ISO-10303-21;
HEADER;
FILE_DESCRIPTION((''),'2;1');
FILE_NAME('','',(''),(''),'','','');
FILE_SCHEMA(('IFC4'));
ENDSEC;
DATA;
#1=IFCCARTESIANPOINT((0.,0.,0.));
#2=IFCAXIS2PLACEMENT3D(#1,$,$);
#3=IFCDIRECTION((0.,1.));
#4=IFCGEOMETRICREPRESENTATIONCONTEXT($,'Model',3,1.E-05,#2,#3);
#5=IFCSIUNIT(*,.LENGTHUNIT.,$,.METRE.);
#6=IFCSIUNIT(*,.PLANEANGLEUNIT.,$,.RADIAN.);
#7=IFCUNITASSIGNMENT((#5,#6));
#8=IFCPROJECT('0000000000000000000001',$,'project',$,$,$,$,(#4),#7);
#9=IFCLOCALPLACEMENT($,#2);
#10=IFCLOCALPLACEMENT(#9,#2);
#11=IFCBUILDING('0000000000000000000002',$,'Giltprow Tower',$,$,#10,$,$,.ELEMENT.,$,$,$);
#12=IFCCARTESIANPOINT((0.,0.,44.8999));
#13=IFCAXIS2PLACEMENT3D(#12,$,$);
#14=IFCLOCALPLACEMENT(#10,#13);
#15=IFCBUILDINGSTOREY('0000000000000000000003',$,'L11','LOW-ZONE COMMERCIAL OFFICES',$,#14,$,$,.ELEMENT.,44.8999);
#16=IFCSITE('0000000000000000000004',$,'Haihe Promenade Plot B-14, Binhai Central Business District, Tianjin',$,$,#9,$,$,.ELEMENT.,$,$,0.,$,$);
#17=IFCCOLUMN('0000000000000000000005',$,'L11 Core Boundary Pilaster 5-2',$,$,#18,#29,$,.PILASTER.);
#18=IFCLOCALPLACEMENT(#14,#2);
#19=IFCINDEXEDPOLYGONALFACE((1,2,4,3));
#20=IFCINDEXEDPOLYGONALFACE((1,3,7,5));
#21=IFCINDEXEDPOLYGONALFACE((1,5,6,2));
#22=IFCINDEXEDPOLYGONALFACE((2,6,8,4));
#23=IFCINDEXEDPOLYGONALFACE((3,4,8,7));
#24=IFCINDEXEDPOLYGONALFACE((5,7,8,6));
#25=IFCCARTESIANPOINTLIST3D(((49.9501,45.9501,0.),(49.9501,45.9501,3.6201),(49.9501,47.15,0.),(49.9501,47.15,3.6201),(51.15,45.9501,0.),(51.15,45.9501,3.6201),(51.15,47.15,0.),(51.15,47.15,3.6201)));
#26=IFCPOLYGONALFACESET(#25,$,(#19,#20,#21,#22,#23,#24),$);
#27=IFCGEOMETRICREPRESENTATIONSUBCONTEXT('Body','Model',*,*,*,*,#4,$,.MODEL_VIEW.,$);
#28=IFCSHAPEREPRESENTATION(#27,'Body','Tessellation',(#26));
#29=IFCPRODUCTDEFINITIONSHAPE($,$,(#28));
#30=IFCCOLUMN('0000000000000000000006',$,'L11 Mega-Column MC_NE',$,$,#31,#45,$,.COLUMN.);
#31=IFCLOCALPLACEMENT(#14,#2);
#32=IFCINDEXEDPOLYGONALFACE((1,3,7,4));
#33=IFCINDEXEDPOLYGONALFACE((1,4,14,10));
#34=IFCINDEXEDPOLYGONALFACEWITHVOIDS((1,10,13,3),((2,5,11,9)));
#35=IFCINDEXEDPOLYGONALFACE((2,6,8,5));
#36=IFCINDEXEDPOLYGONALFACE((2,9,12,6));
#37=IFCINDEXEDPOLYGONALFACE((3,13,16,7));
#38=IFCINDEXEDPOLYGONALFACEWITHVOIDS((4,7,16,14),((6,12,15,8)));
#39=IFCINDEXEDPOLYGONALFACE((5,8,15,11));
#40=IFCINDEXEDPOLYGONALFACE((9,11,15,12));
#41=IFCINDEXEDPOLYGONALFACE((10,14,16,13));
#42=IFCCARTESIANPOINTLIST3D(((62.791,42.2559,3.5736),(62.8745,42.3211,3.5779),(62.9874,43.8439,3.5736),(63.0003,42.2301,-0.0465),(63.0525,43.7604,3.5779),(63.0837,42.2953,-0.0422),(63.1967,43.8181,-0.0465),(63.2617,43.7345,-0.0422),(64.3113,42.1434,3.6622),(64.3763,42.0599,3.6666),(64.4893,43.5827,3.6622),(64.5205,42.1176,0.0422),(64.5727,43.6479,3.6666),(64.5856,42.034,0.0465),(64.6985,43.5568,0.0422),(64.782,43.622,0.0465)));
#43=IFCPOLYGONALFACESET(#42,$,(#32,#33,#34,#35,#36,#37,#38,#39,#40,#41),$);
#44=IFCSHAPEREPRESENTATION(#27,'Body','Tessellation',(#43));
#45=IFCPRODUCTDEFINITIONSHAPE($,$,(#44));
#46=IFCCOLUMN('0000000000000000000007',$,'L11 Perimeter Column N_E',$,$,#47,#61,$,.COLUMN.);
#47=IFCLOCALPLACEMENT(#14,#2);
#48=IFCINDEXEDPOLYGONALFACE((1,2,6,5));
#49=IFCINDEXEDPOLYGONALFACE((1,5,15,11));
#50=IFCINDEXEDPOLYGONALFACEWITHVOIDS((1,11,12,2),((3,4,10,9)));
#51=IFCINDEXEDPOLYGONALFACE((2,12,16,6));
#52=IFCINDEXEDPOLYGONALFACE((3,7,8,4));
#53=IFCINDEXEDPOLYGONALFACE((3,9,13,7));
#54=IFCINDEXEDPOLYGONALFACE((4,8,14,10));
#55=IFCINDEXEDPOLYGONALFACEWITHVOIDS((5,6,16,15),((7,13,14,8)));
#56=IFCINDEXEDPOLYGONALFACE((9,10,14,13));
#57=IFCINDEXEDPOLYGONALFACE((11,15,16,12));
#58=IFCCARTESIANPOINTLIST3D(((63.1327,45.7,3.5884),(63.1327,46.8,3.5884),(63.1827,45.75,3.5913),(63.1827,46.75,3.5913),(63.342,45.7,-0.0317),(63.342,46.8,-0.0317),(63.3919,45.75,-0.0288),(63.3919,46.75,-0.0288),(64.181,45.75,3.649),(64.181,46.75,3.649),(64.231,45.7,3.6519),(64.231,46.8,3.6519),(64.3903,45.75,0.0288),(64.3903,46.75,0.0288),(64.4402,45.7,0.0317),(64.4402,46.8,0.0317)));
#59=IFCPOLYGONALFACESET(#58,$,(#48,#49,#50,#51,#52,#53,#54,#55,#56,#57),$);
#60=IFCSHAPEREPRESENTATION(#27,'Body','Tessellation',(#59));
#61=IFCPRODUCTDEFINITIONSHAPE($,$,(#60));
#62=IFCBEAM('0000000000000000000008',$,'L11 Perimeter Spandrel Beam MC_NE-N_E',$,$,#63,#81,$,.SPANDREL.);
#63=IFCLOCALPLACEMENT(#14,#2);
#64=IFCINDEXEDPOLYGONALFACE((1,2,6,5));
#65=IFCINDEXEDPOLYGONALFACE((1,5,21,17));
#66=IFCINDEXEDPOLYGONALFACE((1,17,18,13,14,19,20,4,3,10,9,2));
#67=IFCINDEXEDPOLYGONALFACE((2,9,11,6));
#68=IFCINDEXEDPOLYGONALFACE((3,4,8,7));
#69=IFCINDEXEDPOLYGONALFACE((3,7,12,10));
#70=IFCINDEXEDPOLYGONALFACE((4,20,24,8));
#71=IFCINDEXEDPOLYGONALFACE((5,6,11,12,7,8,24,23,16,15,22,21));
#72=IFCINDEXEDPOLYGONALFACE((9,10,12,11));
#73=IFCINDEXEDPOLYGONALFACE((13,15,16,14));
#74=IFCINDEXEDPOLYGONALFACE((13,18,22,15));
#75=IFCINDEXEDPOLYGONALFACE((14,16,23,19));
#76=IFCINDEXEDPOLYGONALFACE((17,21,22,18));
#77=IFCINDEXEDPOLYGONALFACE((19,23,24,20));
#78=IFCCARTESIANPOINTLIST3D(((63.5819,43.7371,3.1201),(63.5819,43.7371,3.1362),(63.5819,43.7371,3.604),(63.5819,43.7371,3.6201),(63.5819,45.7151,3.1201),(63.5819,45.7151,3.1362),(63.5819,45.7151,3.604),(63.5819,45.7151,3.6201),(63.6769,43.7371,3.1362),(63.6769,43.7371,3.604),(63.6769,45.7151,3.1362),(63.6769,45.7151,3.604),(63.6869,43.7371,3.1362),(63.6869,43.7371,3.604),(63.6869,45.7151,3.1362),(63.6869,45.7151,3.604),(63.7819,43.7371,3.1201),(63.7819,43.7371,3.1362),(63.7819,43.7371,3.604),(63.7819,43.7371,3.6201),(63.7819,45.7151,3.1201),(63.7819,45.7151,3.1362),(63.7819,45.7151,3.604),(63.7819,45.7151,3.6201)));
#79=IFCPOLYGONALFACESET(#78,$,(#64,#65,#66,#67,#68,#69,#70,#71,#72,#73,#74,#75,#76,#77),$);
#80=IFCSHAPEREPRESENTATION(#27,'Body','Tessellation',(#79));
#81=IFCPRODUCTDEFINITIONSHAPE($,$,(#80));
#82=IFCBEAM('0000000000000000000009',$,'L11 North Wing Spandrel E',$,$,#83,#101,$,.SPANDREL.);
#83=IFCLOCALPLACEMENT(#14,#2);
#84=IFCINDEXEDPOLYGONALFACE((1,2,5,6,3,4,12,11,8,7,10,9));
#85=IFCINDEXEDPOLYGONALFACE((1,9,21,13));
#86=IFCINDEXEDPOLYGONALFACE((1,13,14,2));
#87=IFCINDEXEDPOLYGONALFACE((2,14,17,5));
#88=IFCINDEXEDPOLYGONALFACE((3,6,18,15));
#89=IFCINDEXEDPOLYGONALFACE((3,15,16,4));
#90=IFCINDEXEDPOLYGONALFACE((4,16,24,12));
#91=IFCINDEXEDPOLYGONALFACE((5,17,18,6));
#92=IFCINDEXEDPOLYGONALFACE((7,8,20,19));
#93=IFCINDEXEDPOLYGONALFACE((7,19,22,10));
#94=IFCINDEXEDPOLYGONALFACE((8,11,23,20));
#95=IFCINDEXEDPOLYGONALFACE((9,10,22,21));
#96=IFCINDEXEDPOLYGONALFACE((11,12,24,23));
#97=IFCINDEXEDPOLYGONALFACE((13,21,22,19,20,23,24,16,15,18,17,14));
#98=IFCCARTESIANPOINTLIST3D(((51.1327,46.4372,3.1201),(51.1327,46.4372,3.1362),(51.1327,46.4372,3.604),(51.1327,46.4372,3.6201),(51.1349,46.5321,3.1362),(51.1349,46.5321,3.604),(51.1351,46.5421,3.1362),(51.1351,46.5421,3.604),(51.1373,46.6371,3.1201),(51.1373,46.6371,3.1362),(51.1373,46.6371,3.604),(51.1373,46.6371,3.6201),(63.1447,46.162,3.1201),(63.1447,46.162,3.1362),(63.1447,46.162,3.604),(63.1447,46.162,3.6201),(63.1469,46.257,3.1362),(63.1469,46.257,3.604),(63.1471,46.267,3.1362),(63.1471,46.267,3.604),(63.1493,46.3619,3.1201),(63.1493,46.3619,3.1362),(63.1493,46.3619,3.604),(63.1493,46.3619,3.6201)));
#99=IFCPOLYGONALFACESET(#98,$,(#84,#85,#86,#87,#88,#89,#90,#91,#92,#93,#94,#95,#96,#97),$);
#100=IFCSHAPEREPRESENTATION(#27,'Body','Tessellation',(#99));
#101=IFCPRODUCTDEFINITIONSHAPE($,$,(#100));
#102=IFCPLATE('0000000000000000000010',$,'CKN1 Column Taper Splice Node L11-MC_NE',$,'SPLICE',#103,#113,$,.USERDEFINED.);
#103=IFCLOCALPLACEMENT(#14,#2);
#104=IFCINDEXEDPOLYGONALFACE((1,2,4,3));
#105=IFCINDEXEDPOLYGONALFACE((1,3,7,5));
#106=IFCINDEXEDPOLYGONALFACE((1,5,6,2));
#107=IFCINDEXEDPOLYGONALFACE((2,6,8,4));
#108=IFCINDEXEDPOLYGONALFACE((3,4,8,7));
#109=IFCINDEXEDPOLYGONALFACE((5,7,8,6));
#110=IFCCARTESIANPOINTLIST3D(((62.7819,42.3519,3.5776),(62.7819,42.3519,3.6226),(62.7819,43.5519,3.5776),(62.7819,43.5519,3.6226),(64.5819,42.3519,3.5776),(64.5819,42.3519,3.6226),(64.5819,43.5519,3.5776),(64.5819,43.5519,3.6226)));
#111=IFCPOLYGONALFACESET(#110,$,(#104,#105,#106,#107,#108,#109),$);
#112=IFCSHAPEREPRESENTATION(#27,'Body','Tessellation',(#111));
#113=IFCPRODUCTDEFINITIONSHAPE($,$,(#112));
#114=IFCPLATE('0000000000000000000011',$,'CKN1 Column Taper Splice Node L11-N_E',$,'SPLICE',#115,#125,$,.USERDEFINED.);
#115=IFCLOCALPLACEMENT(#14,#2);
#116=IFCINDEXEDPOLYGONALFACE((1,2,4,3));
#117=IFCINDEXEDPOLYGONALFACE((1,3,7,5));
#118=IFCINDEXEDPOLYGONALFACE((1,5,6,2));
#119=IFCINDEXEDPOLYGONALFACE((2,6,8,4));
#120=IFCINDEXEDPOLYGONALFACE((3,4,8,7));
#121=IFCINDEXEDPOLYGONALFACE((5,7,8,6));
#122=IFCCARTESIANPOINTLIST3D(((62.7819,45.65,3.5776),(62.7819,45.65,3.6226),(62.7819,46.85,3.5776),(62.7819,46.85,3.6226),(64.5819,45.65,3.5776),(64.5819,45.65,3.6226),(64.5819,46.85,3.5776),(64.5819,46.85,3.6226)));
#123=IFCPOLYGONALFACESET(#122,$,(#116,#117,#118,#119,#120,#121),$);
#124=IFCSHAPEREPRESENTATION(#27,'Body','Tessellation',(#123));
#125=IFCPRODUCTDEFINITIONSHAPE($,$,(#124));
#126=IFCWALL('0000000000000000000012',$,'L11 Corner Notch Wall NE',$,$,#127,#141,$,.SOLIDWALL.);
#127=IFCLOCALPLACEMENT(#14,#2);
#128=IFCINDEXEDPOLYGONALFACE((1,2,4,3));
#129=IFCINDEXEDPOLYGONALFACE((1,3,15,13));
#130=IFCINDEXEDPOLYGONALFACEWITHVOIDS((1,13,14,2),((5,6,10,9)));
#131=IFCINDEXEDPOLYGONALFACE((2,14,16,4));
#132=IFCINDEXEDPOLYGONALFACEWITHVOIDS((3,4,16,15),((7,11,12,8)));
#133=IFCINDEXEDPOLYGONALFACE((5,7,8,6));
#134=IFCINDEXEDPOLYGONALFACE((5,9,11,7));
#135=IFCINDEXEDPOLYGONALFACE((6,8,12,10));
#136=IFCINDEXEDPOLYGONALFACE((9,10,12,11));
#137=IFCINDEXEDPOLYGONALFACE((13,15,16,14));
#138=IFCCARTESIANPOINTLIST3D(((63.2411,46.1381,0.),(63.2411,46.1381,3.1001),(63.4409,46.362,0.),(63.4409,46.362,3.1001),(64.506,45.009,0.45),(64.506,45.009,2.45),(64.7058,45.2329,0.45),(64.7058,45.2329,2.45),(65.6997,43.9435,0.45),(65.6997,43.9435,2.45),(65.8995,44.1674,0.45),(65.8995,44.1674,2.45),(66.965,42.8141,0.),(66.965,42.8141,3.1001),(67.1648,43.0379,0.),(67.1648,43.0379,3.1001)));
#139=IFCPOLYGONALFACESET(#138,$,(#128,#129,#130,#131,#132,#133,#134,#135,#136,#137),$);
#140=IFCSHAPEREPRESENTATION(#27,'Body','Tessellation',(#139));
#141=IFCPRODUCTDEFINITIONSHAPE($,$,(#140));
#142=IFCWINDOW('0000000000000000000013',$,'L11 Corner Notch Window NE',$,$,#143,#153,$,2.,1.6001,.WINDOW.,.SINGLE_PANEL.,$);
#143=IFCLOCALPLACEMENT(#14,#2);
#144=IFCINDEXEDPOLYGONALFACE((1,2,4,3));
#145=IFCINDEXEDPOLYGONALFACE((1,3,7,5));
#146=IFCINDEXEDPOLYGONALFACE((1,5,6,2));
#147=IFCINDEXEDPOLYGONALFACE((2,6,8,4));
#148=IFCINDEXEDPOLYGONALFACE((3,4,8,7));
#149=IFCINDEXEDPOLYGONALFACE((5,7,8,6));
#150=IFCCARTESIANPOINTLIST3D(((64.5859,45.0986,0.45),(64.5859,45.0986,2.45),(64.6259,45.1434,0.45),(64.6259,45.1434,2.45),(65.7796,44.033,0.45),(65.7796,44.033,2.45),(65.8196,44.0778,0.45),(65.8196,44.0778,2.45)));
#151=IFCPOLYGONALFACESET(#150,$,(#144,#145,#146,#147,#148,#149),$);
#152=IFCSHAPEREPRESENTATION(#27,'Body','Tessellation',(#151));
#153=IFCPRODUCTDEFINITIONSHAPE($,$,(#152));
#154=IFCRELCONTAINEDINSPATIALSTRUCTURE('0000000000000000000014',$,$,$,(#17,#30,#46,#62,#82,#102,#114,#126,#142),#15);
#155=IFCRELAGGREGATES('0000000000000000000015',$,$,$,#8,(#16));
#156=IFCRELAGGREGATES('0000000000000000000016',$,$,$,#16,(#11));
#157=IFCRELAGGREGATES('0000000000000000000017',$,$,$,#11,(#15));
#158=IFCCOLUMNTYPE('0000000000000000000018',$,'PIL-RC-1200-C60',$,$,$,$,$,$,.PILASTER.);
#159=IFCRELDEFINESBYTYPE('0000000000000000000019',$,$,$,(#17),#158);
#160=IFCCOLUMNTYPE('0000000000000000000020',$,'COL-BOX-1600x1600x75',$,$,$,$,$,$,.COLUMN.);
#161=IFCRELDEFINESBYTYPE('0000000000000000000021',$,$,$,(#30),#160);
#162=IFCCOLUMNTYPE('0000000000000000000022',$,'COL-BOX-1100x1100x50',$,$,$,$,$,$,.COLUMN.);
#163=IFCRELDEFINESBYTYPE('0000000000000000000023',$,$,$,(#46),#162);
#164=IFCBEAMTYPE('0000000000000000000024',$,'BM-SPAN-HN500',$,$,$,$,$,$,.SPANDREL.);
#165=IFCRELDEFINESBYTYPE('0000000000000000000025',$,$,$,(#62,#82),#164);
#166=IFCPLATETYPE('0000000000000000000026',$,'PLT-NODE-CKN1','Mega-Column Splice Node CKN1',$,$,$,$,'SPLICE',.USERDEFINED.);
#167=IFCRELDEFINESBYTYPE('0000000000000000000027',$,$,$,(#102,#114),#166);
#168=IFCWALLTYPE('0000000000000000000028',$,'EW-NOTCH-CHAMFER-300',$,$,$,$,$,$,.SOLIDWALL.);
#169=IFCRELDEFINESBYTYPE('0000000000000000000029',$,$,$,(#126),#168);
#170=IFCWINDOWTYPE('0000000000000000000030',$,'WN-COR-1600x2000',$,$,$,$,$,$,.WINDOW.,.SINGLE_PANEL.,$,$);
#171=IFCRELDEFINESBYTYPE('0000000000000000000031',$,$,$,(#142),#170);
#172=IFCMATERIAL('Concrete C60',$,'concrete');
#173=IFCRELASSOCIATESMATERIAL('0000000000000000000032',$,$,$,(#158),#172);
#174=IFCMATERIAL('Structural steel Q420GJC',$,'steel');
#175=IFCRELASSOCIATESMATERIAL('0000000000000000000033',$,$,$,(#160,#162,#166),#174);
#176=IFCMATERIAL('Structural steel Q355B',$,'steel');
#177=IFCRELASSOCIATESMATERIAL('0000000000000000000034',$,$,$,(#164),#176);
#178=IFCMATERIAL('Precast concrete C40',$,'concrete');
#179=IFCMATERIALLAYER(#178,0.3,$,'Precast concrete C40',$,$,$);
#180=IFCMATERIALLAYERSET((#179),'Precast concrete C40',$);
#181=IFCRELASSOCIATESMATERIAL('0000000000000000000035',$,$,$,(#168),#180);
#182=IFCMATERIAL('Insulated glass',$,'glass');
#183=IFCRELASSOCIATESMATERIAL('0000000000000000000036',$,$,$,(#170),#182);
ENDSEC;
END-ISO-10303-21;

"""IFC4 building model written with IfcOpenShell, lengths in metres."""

from ifc_helpers import new_model, si_unit, direction, frame, frame_2d, origin, origin_2d, place, context, subcontext, project, spatial, rectangle, hollow_rectangle, i_section, extrude, source, transform, mapped, material, layer, layer_set, material_profile, profile_set, type_object, element, fill, save


model = new_model("IFC4")

# Units and contexts
model_context = context("Model", 3, precision=1e-05, world=origin(), true_north=direction((0.0, 1.0)))
body_context = subcontext(model_context, "Body", "Model", "MODEL_VIEW")
ifc_project = project(units=[si_unit("LENGTHUNIT", "METRE"), si_unit("PLANEANGLEUNIT", "RADIAN")], contexts=[model_context])

# Site, building, storey
site_placement = place(None, origin())
site = spatial("IfcSite", under=ifc_project, at=site_placement, Name="Haihe Promenade Plot B-14, Binhai Central Business District, Tianjin", CompositionType="ELEMENT", RefElevation=0.0)
building_placement = place(site_placement, origin())
building = spatial("IfcBuilding", under=site, at=building_placement, Name="Giltprow Tower", CompositionType="ELEMENT")
storey_placement = place(building_placement, frame((0.0, 0.0, 44.8999)))
storey = spatial("IfcBuildingStorey", under=building, at=storey_placement, Name="L11", Description="LOW-ZONE COMMERCIAL OFFICES", CompositionType="ELEMENT", Elevation=44.8999)

# Columns
ifc_material_1 = material(Name="Concrete C60", Category="concrete")
ifc_material_profile_1 = material_profile(ifc_material_1, rectangle(XDim=1.2, YDim=1.2, at=origin_2d()), Name="RC 1200x1200")
ifc_profile_set_1 = profile_set([ifc_material_profile_1], Name="Concrete C60")
column_type_1 = type_object("IfcColumnType", Name="PIL-RC-1200-C60", PredefinedType="PILASTER", material=ifc_profile_set_1)
shared_shape_1 = source(origin(), body_context, "Body", "SweptSolid", [
    extrude(rectangle(XDim=1.2, YDim=1.2, at=origin_2d()), origin(), (0.0, 0.0, 1.0), 3.6201),
])
column_1_placement = place(storey_placement, frame((50.55, 46.55, 0.0), z_axis=(0.0, 0.0, 1.0), x_axis=(1.0, 0.0, 0.0)))
element("IfcColumn", 1, at=column_1_placement, inside=storey, type_object=column_type_1, Name="L11 Core Boundary Pilaster 5-2", PredefinedType="PILASTER", context=body_context, shape_type="MappedRepresentation", body=[
    mapped(shared_shape_1, transform((0.0, 0.0, 0.0), x_axis=(1.0, 0.0, 0.0), y_axis=(0.0, 1.0, 0.0), z_axis=(0.0, 0.0, 1.0), scale=1.0)),
])
ifc_material_2 = material(Name="Structural steel Q420GJC", Category="steel")
ifc_material_profile_2 = material_profile(ifc_material_2, hollow_rectangle(XDim=1.6001, YDim=1.6001, WallThickness=0.075, at=origin_2d()), Name="BOX 1600x1600x75")
ifc_profile_set_2 = profile_set([ifc_material_profile_2], Name="Structural steel Q420GJC")
column_type_2 = type_object("IfcColumnType", Name="COL-BOX-1600x1600x75", PredefinedType="COLUMN", material=ifc_profile_set_2)
shared_shape_2 = source(origin(), body_context, "Body", "SweptSolid", [
    extrude(hollow_rectangle(XDim=1.6001, YDim=1.6001, WallThickness=0.075, at=origin_2d()), origin(), (0.0, 0.0, 1.0), 3.6262),
])
column_2_placement = place(storey_placement, frame((63.8911, 42.926, 0.0), z_axis=(-0.057698, 0.007137, 0.998309), x_axis=(-0.122752, -0.992437, 0.0)))
element("IfcColumn", 2, at=column_2_placement, inside=storey, type_object=column_type_2, Name="L11 Mega-Column MC_NE", PredefinedType="COLUMN", context=body_context, shape_type="MappedRepresentation", body=[
    mapped(shared_shape_2, transform((0.0, 0.0, 0.0), x_axis=(1.0, 0.0, 0.0), y_axis=(0.0, 1.0, 0.0), z_axis=(0.0, 0.0, 1.0), scale=1.0)),
])
ifc_material_profile_3 = material_profile(ifc_material_2, hollow_rectangle(XDim=1.1001, YDim=1.1001, WallThickness=0.05, at=origin_2d()), Name="BOX 1100x1100x50")
ifc_profile_set_3 = profile_set([ifc_material_profile_3], Name="Structural steel Q420GJC")
column_type_3 = type_object("IfcColumnType", Name="COL-BOX-1100x1100x50", PredefinedType="COLUMN", material=ifc_profile_set_3)
shared_shape_3 = source(origin(), body_context, "Body", "SweptSolid", [
    extrude(hollow_rectangle(XDim=1.1001, YDim=1.1001, WallThickness=0.05, at=origin_2d()), origin(), (0.0, 0.0, 1.0), 3.6262),
])
column_3_placement = place(storey_placement, frame((63.8911, 46.25, 0.0), z_axis=(-0.0577, 0.0, 0.998334), x_axis=(0.0, -1.0, 0.0)))
element("IfcColumn", 3, at=column_3_placement, inside=storey, type_object=column_type_3, Name="L11 Perimeter Column N_E", PredefinedType="COLUMN", context=body_context, shape_type="MappedRepresentation", body=[
    mapped(shared_shape_3, transform((0.0, 0.0, 0.0), x_axis=(1.0, 0.0, 0.0), y_axis=(0.0, 1.0, 0.0), z_axis=(0.0, 0.0, 1.0), scale=1.0)),
])

# Beams
ifc_material_3 = material(Name="Structural steel Q355B", Category="steel")
ifc_material_profile_4 = material_profile(ifc_material_3, i_section(OverallWidth=0.2, OverallDepth=0.5, WebThickness=0.01, FlangeThickness=0.0161, at=origin_2d()), Name="HN 500x200x10x16")
ifc_profile_set_4 = profile_set([ifc_material_profile_4], Name="Structural steel Q355B")
beam_type = type_object("IfcBeamType", Name="BM-SPAN-HN500", PredefinedType="SPANDREL", material=ifc_profile_set_4)
shared_shape_4 = source(origin(), body_context, "Body", "SweptSolid", [
    extrude(i_section(OverallWidth=0.2, OverallDepth=0.5, WebThickness=0.01, FlangeThickness=0.0161, at=origin_2d()), origin(), (0.0, 0.0, 1.0), 1.978),
])
beam_1_placement = place(storey_placement, frame((63.6819, 43.7371, 3.3701), z_axis=(0.0, 1.0, 0.0), x_axis=(-1.0, 0.0, 0.0)))
element("IfcBeam", 4, at=beam_1_placement, inside=storey, type_object=beam_type, Name="L11 Perimeter Spandrel Beam MC_NE-N_E", PredefinedType="SPANDREL", context=body_context, shape_type="MappedRepresentation", body=[
    mapped(shared_shape_4, transform((0.0, 0.0, 0.0), x_axis=(1.0, 0.0, 0.0), y_axis=(0.0, 1.0, 0.0), z_axis=(0.0, 0.0, 1.0), scale=1.0)),
])
shared_shape_5 = source(origin(), body_context, "Body", "SweptSolid", [
    extrude(i_section(OverallWidth=0.2, OverallDepth=0.5, WebThickness=0.01, FlangeThickness=0.0161, at=origin_2d()), origin(), (0.0, 0.0, 1.0), 12.0151),
])
beam_2_placement = place(storey_placement, frame((51.135, 46.5371, 3.3701), z_axis=(0.999738, -0.0229, 0.0), x_axis=(0.0229, 0.999738, 0.0)))
element("IfcBeam", 5, at=beam_2_placement, inside=storey, type_object=beam_type, Name="L11 North Wing Spandrel E", PredefinedType="SPANDREL", context=body_context, shape_type="MappedRepresentation", body=[
    mapped(shared_shape_5, transform((0.0, 0.0, 0.0), x_axis=(1.0, 0.0, 0.0), y_axis=(0.0, 1.0, 0.0), z_axis=(0.0, 0.0, 1.0), scale=1.0)),
])

# Plates
plate_type = type_object("IfcPlateType", Name="PLT-NODE-CKN1", Description="Mega-Column Splice Node CKN1", ElementType="SPLICE", PredefinedType="USERDEFINED", material=ifc_material_2)
shared_shape_6 = source(origin(), body_context, "Body", "SweptSolid", [
    extrude(rectangle(XDim=1.8, YDim=1.2, at=origin_2d()), origin(), (0.0, 0.0, 1.0), 0.0449),
])
for number, where, z_axis, x_axis, name in (
    (6, (63.6819, 42.9519, 3.5776), (0.0, 0.0, 1.0), (1.0, 0.0, 0.0), "CKN1 Column Taper Splice Node L11-MC_NE"),
    (7, (63.6819, 46.25, 3.5776), (0.0, 0.0, 1.0), (1.0, 0.0, 0.0), "CKN1 Column Taper Splice Node L11-N_E"),
):
    element("IfcPlate", number, at=place(storey_placement, frame(where, z_axis=z_axis, x_axis=x_axis)), inside=storey, type_object=plate_type, Name=name, ObjectType="SPLICE", PredefinedType="USERDEFINED", context=body_context, shape_type="MappedRepresentation", body=[
        mapped(shared_shape_6, transform((0.0, 0.0, 0.0), x_axis=(1.0, 0.0, 0.0), y_axis=(0.0, 1.0, 0.0), z_axis=(0.0, 0.0, 1.0), scale=1.0)),
    ])

# Wall, opening, window
ifc_material_4 = material(Name="Precast concrete C40", Category="concrete")
ifc_layer_1 = layer(ifc_material_4, 0.3, Name="Precast concrete C40")
ifc_layer_set_1 = layer_set([ifc_layer_1], Name="Precast concrete C40")
wall_type_1 = type_object("IfcWallType", Name="EW-NOTCH-CHAMFER-300", PredefinedType="SOLIDWALL", material=ifc_layer_set_1)
wall_1_placement = place(storey_placement, frame((67.0649, 42.926, 0.0), z_axis=(0.0, 0.0, 1.0), x_axis=(-0.746029, 0.665914, 0.0)))
wall_1 = element("IfcWall", 8, at=wall_1_placement, inside=storey, type_object=wall_type_1, Name="L11 Corner Notch Wall NE", PredefinedType="SOLIDWALL", context=body_context, shape_type="SweptSolid", body=[
    extrude(rectangle(XDim=4.9917, YDim=0.3, at=frame_2d((2.4958, 0.0))), origin(), (0.0, 0.0, 1.0), 3.1001),
])
opening_1_placement = place(wall_1_placement, frame((1.696, 0.0, 0.45)))
opening_1 = element("IfcOpeningElement", 9, at=opening_1_placement, cuts=wall_1, PredefinedType="OPENING", context=body_context, shape_type="SweptSolid", body=[
    extrude(rectangle(XDim=1.6001, YDim=2.0, at=frame_2d((0.8, 1.0))), frame((0.0, 0.1599, 0.0), z_axis=(0.0, -1.0, 0.0), x_axis=(1.0, 0.0, 0.0)), (0.0, 0.0, 1.0), 0.3201),
])
ifc_material_5 = material(Name="Insulated glass", Category="glass")
window_type = type_object("IfcWindowType", Name="WN-COR-1600x2000", PartitioningType="SINGLE_PANEL", PredefinedType="WINDOW", material=ifc_material_5)
shared_shape_7 = source(origin(), body_context, "Body", "SweptSolid", [
    extrude(rectangle(XDim=1.6001, YDim=2.0, at=frame_2d((0.8, 1.0))), frame((0.0, 0.03, 0.0), z_axis=(0.0, -1.0, 0.0), x_axis=(1.0, 0.0, 0.0)), (0.0, 0.0, 1.0), 0.0601),
])
window_1_placement = place(opening_1_placement, origin())
window_1 = element("IfcWindow", 10, at=window_1_placement, inside=storey, type_object=window_type, Name="L11 Corner Notch Window NE", OverallHeight=2.0, OverallWidth=1.6001, PartitioningType="SINGLE_PANEL", PredefinedType="WINDOW", context=body_context, shape_type="MappedRepresentation", body=[
    mapped(shared_shape_7, transform((0.0, 0.0, 0.0), x_axis=(1.0, 0.0, 0.0), y_axis=(0.0, 1.0, 0.0), z_axis=(0.0, 0.0, 1.0), scale=1.0)),
])
fill(opening_1, window_1)

save(model, "model.ifc")
